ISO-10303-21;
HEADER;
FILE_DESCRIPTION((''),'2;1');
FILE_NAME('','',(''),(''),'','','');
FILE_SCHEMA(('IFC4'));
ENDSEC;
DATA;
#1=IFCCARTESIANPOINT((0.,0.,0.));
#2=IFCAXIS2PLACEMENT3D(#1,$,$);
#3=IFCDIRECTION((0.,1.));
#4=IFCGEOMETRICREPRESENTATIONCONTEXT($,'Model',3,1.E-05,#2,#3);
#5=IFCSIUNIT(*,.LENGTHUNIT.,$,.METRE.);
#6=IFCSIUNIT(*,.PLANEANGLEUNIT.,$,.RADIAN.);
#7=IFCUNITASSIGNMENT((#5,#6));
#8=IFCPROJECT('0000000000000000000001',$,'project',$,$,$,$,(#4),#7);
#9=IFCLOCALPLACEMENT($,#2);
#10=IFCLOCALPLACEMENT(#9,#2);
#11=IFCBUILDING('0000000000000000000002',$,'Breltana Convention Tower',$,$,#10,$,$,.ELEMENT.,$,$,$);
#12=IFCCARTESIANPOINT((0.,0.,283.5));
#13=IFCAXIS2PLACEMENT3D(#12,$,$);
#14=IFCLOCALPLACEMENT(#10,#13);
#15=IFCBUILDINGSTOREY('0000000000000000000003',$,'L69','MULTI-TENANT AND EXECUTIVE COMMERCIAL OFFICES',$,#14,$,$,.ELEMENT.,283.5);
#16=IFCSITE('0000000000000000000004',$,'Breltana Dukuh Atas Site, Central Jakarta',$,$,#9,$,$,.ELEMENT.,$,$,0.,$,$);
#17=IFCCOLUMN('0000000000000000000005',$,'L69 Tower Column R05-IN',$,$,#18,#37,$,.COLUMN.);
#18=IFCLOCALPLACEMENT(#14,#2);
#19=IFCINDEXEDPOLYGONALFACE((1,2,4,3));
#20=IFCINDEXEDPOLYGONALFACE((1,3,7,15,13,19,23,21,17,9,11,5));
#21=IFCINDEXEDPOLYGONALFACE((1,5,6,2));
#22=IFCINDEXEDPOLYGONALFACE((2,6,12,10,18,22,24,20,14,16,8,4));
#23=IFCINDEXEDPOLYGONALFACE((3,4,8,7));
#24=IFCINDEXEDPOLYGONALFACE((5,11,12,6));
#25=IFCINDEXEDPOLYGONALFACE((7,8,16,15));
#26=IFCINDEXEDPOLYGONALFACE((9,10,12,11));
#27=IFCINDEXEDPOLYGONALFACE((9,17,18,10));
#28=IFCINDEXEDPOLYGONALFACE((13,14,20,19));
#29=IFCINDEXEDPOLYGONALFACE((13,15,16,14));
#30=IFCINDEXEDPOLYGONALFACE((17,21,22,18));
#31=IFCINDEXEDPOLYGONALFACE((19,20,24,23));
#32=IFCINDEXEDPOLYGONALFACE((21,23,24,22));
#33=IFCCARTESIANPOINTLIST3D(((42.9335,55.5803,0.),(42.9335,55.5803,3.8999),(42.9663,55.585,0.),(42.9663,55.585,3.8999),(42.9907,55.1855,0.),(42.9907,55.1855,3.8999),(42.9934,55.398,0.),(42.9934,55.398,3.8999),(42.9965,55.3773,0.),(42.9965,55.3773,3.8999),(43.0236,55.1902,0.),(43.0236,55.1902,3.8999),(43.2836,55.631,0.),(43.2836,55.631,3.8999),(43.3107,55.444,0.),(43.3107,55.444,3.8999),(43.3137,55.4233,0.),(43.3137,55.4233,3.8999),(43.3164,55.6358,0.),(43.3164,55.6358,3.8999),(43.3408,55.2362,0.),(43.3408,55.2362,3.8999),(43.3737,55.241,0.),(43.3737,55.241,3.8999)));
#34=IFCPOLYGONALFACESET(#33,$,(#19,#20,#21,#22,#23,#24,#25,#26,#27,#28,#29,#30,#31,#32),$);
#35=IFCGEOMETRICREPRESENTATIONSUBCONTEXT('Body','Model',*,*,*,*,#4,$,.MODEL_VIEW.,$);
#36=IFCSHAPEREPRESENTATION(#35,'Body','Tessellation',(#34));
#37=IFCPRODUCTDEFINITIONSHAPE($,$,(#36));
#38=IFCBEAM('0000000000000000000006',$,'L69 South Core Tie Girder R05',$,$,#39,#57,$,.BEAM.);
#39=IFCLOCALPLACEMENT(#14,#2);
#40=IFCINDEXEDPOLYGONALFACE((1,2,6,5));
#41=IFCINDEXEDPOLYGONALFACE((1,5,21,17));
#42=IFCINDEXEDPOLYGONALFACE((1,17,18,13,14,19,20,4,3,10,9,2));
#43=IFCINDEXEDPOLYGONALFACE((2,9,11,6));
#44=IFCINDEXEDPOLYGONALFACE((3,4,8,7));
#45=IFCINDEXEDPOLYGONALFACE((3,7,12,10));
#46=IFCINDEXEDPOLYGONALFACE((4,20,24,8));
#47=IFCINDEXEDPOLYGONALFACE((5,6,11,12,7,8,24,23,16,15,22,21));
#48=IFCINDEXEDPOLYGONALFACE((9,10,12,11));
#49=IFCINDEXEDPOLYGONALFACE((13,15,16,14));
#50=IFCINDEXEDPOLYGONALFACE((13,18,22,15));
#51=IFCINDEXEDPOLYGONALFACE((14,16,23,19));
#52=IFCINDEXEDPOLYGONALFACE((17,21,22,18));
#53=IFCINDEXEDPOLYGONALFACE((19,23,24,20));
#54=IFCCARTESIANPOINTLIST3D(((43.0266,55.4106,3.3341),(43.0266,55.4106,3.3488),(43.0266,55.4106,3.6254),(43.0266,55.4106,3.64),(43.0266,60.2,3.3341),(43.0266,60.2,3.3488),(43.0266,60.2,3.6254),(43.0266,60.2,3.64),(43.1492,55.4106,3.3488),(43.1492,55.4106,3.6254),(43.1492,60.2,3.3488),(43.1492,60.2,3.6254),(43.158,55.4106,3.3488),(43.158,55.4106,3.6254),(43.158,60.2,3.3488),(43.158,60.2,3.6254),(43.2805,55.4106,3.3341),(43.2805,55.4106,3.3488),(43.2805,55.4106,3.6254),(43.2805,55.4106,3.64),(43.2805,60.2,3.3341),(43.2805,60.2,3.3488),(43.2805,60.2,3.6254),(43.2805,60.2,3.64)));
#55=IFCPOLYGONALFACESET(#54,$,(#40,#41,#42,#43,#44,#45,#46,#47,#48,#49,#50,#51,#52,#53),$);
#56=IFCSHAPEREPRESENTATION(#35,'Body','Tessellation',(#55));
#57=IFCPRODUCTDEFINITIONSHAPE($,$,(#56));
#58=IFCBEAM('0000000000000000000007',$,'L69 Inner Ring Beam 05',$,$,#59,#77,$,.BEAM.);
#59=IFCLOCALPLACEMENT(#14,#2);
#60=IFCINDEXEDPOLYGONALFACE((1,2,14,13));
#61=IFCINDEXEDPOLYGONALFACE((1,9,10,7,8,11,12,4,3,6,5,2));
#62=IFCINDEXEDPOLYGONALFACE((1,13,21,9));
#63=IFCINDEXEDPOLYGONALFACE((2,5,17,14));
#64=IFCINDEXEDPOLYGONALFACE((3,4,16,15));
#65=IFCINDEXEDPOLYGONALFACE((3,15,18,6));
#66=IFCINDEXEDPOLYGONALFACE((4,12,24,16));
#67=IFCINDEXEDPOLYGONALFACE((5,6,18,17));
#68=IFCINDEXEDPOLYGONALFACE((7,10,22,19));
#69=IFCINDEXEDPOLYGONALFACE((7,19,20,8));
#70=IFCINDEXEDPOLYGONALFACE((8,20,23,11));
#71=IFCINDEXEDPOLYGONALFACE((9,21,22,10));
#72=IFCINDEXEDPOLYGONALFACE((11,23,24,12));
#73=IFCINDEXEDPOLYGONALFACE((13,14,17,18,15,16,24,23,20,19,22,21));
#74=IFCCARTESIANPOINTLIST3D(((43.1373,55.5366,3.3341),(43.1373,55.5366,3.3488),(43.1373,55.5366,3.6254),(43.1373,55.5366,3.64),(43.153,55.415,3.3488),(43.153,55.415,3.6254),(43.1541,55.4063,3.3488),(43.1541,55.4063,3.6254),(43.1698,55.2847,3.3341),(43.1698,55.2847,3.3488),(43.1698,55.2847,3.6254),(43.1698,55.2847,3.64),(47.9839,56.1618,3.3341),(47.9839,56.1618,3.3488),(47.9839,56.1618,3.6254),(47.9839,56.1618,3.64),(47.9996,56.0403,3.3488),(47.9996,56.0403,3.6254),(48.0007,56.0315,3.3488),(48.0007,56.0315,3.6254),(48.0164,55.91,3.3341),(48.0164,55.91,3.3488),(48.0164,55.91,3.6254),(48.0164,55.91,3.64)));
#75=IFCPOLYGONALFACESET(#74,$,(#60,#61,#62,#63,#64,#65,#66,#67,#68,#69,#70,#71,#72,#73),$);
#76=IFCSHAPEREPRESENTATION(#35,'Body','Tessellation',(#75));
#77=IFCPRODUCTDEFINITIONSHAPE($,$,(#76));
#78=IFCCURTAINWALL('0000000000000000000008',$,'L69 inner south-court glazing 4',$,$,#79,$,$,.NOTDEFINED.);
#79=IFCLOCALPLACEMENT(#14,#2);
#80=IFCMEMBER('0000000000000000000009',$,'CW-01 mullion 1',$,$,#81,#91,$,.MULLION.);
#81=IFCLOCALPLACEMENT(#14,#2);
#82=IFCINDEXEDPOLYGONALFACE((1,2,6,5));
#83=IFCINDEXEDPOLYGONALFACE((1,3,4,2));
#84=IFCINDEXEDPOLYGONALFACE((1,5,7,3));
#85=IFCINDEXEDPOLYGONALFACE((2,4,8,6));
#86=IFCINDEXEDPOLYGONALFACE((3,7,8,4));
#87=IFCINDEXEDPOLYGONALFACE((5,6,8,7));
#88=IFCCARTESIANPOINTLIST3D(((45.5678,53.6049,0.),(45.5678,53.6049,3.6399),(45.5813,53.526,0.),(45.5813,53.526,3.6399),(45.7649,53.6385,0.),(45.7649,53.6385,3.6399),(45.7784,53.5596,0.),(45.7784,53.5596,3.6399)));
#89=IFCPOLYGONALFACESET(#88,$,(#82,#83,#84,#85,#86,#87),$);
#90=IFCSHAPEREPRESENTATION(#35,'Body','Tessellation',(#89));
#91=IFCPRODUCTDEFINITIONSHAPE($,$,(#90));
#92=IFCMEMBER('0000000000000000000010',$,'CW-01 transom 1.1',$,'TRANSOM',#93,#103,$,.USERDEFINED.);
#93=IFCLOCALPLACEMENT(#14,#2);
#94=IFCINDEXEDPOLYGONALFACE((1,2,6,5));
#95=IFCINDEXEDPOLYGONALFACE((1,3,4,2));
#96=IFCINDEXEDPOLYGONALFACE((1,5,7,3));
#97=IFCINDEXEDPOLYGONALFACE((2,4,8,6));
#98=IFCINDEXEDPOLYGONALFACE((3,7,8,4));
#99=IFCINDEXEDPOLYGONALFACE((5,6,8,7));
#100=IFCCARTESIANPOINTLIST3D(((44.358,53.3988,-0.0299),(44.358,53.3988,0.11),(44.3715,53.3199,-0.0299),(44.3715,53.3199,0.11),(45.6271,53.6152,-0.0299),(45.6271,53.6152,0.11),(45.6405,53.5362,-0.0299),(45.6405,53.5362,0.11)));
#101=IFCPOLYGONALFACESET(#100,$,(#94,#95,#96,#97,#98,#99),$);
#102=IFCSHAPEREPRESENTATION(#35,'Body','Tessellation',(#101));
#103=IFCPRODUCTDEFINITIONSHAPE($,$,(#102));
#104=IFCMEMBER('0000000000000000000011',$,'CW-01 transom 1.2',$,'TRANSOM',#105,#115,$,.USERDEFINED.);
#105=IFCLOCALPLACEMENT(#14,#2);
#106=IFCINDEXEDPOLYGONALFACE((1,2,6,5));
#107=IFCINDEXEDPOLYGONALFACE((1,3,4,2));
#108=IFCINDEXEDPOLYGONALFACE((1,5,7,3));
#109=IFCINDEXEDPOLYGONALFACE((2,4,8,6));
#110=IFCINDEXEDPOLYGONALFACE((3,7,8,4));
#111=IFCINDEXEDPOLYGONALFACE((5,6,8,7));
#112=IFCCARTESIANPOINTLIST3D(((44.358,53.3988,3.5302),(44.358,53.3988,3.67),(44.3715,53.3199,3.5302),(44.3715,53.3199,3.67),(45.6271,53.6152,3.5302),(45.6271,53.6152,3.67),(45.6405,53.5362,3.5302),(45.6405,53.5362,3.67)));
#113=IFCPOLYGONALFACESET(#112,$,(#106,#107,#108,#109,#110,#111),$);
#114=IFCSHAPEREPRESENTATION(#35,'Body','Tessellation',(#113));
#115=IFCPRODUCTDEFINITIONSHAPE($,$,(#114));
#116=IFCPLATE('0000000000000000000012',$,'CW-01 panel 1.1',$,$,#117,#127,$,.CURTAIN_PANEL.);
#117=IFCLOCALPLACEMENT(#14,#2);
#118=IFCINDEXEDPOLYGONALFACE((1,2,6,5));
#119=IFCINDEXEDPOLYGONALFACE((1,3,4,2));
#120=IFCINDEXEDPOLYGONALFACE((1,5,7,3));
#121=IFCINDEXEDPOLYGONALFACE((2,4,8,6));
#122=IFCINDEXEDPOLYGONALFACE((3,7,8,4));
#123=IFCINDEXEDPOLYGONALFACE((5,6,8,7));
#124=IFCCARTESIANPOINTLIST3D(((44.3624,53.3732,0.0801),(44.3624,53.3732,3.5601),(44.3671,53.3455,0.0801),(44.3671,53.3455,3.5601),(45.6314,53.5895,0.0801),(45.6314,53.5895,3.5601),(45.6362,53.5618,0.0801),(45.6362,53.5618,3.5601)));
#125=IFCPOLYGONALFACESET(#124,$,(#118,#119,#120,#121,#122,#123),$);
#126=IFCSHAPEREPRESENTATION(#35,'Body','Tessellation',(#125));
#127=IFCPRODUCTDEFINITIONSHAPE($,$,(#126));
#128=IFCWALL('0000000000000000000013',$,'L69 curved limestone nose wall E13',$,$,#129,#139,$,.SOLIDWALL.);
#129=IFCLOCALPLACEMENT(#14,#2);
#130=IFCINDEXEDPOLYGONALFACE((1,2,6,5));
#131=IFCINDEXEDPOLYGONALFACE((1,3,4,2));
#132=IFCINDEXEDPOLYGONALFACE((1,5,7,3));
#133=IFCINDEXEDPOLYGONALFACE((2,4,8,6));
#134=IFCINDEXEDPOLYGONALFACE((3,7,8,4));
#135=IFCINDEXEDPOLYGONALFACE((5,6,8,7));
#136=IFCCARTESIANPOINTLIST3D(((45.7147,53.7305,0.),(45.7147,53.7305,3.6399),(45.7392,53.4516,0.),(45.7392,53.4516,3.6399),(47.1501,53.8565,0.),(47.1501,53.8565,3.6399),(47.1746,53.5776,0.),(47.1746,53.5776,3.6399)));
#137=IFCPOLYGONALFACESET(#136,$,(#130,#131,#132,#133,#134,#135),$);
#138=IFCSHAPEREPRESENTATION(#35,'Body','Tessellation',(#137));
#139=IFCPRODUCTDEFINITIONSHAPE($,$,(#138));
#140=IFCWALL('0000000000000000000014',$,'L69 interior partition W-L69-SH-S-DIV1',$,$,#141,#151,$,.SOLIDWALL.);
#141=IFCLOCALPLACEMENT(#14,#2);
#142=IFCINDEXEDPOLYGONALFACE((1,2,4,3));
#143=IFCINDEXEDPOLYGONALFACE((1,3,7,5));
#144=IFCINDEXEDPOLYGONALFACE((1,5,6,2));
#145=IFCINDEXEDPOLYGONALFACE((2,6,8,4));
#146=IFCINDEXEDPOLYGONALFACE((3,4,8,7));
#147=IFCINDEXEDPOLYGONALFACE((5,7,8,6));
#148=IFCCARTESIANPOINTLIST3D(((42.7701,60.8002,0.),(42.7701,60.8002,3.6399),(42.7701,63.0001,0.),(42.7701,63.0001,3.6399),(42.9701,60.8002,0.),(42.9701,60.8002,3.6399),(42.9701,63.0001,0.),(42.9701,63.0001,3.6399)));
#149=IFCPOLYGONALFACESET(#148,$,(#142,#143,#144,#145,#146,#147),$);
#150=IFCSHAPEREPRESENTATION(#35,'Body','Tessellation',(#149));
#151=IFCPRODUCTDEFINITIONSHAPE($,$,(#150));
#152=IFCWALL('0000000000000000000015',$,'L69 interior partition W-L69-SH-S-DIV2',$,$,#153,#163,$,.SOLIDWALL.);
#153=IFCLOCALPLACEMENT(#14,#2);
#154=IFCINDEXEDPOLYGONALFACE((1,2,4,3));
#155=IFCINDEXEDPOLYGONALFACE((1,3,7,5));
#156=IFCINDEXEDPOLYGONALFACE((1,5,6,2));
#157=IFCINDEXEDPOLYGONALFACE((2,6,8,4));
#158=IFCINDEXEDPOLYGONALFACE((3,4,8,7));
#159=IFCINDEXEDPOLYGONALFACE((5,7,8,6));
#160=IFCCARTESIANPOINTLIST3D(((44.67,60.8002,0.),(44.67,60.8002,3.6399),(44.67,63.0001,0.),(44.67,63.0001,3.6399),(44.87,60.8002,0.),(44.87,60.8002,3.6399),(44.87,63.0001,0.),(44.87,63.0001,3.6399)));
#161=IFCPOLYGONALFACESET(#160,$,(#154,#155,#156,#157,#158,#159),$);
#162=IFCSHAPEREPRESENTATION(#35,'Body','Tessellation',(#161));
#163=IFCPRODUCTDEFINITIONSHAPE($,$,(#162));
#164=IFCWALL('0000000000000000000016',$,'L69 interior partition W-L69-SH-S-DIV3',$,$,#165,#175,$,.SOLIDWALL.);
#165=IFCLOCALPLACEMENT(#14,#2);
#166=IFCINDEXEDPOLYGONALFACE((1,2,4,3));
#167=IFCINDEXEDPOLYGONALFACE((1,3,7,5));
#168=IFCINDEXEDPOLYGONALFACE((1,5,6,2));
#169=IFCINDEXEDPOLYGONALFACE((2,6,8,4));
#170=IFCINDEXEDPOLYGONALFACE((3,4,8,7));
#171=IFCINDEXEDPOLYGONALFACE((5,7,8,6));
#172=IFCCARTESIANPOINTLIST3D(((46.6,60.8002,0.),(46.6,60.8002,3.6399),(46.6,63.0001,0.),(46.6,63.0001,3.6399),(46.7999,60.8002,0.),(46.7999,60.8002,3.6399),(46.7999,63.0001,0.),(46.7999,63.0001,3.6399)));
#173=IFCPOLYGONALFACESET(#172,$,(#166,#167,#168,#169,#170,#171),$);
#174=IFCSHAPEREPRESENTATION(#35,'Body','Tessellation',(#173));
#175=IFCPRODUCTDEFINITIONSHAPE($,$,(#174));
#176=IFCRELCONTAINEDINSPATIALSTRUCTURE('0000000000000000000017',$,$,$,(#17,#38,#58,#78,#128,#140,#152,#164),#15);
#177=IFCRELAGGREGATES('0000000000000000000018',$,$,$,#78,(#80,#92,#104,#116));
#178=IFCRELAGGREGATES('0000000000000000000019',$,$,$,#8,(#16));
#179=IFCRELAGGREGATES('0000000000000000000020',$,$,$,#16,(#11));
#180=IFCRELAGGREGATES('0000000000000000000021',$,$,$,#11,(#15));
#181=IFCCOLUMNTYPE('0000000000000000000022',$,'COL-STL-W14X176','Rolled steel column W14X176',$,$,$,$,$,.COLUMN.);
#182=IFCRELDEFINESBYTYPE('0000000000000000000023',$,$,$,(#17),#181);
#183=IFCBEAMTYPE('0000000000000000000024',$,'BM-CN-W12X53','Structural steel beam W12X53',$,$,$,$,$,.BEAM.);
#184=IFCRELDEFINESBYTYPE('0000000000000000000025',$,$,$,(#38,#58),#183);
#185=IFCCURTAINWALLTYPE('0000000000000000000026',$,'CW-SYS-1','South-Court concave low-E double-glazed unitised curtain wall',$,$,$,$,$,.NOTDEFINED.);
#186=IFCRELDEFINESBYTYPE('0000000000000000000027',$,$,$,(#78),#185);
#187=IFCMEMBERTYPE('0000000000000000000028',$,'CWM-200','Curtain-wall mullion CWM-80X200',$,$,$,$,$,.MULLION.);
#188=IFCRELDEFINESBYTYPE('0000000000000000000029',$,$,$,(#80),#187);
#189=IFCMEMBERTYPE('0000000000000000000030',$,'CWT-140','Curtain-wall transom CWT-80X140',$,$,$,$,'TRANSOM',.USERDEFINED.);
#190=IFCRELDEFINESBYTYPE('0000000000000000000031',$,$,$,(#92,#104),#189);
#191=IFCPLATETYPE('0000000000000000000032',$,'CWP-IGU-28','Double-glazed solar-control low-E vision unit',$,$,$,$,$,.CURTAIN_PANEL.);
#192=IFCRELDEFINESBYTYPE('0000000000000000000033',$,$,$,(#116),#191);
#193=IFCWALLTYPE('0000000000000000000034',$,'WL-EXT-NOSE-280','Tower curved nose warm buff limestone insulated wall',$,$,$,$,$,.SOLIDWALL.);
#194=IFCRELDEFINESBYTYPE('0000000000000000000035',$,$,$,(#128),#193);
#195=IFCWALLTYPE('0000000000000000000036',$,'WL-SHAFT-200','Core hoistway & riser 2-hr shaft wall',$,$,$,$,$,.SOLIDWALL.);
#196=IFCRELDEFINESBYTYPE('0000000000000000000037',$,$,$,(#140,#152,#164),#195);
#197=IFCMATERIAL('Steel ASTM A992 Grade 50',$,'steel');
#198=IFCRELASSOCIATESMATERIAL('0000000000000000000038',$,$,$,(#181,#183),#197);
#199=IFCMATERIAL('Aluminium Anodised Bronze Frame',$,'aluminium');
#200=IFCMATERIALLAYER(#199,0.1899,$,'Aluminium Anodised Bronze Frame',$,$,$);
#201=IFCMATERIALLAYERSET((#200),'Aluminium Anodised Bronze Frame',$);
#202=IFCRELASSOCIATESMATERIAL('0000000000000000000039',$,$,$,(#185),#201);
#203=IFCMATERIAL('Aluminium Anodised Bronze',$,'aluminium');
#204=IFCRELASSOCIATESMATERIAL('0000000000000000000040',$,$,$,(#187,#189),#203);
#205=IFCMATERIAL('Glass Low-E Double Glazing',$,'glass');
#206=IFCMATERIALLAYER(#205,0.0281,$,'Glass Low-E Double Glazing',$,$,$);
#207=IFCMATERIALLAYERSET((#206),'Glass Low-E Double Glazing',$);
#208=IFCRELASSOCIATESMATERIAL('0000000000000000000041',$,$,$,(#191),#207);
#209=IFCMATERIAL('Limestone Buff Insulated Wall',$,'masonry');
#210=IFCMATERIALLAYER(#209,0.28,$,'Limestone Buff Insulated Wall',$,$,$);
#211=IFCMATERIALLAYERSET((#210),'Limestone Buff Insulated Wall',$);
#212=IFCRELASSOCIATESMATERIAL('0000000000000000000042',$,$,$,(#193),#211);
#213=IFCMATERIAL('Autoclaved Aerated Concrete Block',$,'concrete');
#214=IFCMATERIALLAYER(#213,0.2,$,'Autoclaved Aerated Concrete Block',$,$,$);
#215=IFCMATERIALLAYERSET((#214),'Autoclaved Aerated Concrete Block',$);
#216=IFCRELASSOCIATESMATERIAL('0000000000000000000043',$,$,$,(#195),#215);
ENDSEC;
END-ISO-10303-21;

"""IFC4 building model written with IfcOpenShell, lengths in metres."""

from ifc_helpers import new_model, si_unit, direction, frame, frame_2d, origin, origin_2d, place, context, subcontext, project, spatial, rectangle, i_section, extrude, source, transform, mapped, material, layer, layer_set, material_profile, profile_set, type_object, type_shapes, element, aggregate, save


model = new_model("IFC4")

# Units and contexts
model_context = context("Model", 3, precision=1e-05, world=origin(), true_north=direction((0.0, 1.0)))
body_context = subcontext(model_context, "Body", "Model", "MODEL_VIEW")
ifc_project = project(units=[si_unit("LENGTHUNIT", "METRE"), si_unit("PLANEANGLEUNIT", "RADIAN")], contexts=[model_context])

# Site, building, storey
site_placement = place(None, origin())
site = spatial("IfcSite", under=ifc_project, at=site_placement, Name="Breltana Dukuh Atas Site, Central Jakarta", CompositionType="ELEMENT", RefElevation=0.0)
building_placement = place(site_placement, origin())
building = spatial("IfcBuilding", under=site, at=building_placement, Name="Breltana Convention Tower", CompositionType="ELEMENT")
storey_placement = place(building_placement, frame((0.0, 0.0, 283.5)))
storey = spatial("IfcBuildingStorey", under=building, at=storey_placement, Name="L69", Description="MULTI-TENANT AND EXECUTIVE COMMERCIAL OFFICES", CompositionType="ELEMENT", Elevation=283.5)

# Column
ifc_material_1 = material(Name="Steel ASTM A992 Grade 50", Category="steel")
ifc_material_profile_1 = material_profile(ifc_material_1, i_section(OverallWidth=0.3989, OverallDepth=0.387, WebThickness=0.021, FlangeThickness=0.0332, at=origin_2d()), Name="W14X176")
ifc_profile_set_1 = profile_set([ifc_material_profile_1], Name="Steel ASTM A992 Grade 50")
column_type = type_object("IfcColumnType", Name="COL-STL-W14X176", Description="Rolled steel column W14X176", PredefinedType="COLUMN", material=ifc_profile_set_1)
shared_shape_1 = source(origin(), body_context, "Body", "SweptSolid", [
    extrude(i_section(OverallWidth=0.3989, OverallDepth=0.387, WebThickness=0.021, FlangeThickness=0.0332, at=origin_2d()), origin(), (0.0, 0.0, 1.0), 3.8999),
])
type_shapes(column_type, [shared_shape_1])
column_placement = place(storey_placement, frame((43.1536, 55.4106, 0.0), z_axis=(0.0, 0.0, 1.0), x_axis=(-0.143493, 0.989651, 0.0)))
element("IfcColumn", 1, at=column_placement, inside=storey, type_object=column_type, Name="L69 Tower Column R05-IN", PredefinedType="COLUMN", context=body_context, shape_type="MappedRepresentation", body=[
    mapped(shared_shape_1, transform((0.0, 0.0, 0.0), scale=1.0)),
])

# Beams
ifc_material_profile_2 = material_profile(ifc_material_1, i_section(OverallWidth=0.2539, OverallDepth=0.3059, WebThickness=0.0088, FlangeThickness=0.0146, at=origin_2d()), Name="W12X53")
ifc_profile_set_2 = profile_set([ifc_material_profile_2], Name="Steel ASTM A992 Grade 50")
beam_type = type_object("IfcBeamType", Name="BM-CN-W12X53", Description="Structural steel beam W12X53", PredefinedType="BEAM", material=ifc_profile_set_2)
shared_shape_2 = source(origin(), body_context, "Body", "SweptSolid", [
    extrude(i_section(OverallWidth=0.2539, OverallDepth=0.3059, WebThickness=0.0088, FlangeThickness=0.0146, at=origin_2d()), origin(), (0.0, 0.0, 1.0), 4.7893),
])
beam_1_placement = place(storey_placement, frame((43.1536, 60.2, 3.4871), z_axis=(0.0, -1.0, 0.0), x_axis=(1.0, 0.0, 0.0)))
element("IfcBeam", 2, at=beam_1_placement, inside=storey, type_object=beam_type, Name="L69 South Core Tie Girder R05", PredefinedType="BEAM", context=body_context, shape_type="MappedRepresentation", body=[
    mapped(shared_shape_2, transform((0.0, 0.0, 0.0), scale=1.0)),
])
shared_shape_3 = source(origin(), body_context, "Body", "SweptSolid", [
    extrude(i_section(OverallWidth=0.2539, OverallDepth=0.3059, WebThickness=0.0088, FlangeThickness=0.0146, at=origin_2d()), origin(), (0.0, 0.0, 1.0), 4.8867),
])
beam_2_placement = place(storey_placement, frame((43.1536, 55.4106, 3.4871), z_axis=(0.991781, 0.127951, 0.0), x_axis=(-0.127951, 0.991781, 0.0)))
element("IfcBeam", 3, at=beam_2_placement, inside=storey, type_object=beam_type, Name="L69 Inner Ring Beam 05", PredefinedType="BEAM", context=body_context, shape_type="MappedRepresentation", body=[
    mapped(shared_shape_3, transform((0.0, 0.0, 0.0), scale=1.0)),
])

# Curtain wall, members, plate
ifc_material_2 = material(Name="Aluminium Anodised Bronze Frame", Category="aluminium")
ifc_layer_1 = layer(ifc_material_2, 0.1899, Name="Aluminium Anodised Bronze Frame")
ifc_layer_set_1 = layer_set([ifc_layer_1], Name="Aluminium Anodised Bronze Frame")
curtain_wall_type = type_object("IfcCurtainWallType", Name="CW-SYS-1", Description="South-Court concave low-E double-glazed unitised curtain wall", PredefinedType="NOTDEFINED", material=ifc_layer_set_1)
curtain_wall_placement = place(storey_placement, origin())
curtain_wall = element("IfcCurtainWall", 4, at=curtain_wall_placement, inside=storey, type_object=curtain_wall_type, Name="L69 inner south-court glazing 4", PredefinedType="NOTDEFINED")
ifc_material_3 = material(Name="Aluminium Anodised Bronze", Category="aluminium")
ifc_material_profile_3 = material_profile(ifc_material_3, rectangle(XDim=0.0801, YDim=0.2, at=origin_2d()), Name="CWM-80X200")
ifc_profile_set_3 = profile_set([ifc_material_profile_3], Name="Aluminium Anodised Bronze")
member_type_1 = type_object("IfcMemberType", Name="CWM-200", Description="Curtain-wall mullion CWM-80X200", PredefinedType="MULLION", material=ifc_profile_set_3)
shared_shape_4 = source(origin(), body_context, "Body", "SweptSolid", [
    extrude(rectangle(XDim=0.0801, YDim=0.2, at=origin_2d()), origin(), (0.0, 0.0, 1.0), 3.6399),
])
member_1_placement = place(storey_placement, frame((45.6731, 53.5823, 0.0), z_axis=(0.0, 0.0, 1.0), x_axis=(0.168028, -0.985782, 0.0)))
member_1 = element("IfcMember", 5, at=member_1_placement, type_object=member_type_1, Name="CW-01 mullion 1", PredefinedType="MULLION", context=body_context, shape_type="MappedRepresentation", body=[
    mapped(shared_shape_4, transform((0.0, 0.0, 0.0), scale=1.0)),
])
ifc_material_profile_4 = material_profile(ifc_material_3, rectangle(XDim=0.0801, YDim=0.1399, at=origin_2d()), Name="CWT-80X140")
ifc_profile_set_4 = profile_set([ifc_material_profile_4], Name="Aluminium Anodised Bronze")
member_type_2 = type_object("IfcMemberType", Name="CWT-140", Description="Curtain-wall transom CWT-80X140", ElementType="TRANSOM", PredefinedType="USERDEFINED", material=ifc_profile_set_4)
shared_shape_5 = source(origin(), body_context, "Body", "SweptSolid", [
    extrude(rectangle(XDim=0.0801, YDim=0.1399, at=origin_2d()), origin(), (0.0, 0.0, 1.0), 1.2874),
])
member_2_placement = place(storey_placement, frame((45.6338, 53.5757, 0.04), z_axis=(-0.985782, -0.168027, 0.0), x_axis=(0.168027, -0.985782, 0.0)))
member_2 = element("IfcMember", 6, at=member_2_placement, type_object=member_type_2, Name="CW-01 transom 1.1", ObjectType="TRANSOM", PredefinedType="USERDEFINED", context=body_context, shape_type="MappedRepresentation", body=[
    mapped(shared_shape_5, transform((0.0, 0.0, 0.0), scale=1.0)),
])
member_3_placement = place(storey_placement, frame((45.6338, 53.5757, 3.6001), z_axis=(-0.985782, -0.168027, 0.0), x_axis=(0.168027, -0.985782, 0.0)))
member_3 = element("IfcMember", 7, at=member_3_placement, type_object=member_type_2, Name="CW-01 transom 1.2", ObjectType="TRANSOM", PredefinedType="USERDEFINED", context=body_context, shape_type="MappedRepresentation", body=[
    mapped(shared_shape_5, transform((0.0, 0.0, 0.0), scale=1.0)),
])
ifc_material_4 = material(Name="Glass Low-E Double Glazing", Category="glass")
ifc_layer_2 = layer(ifc_material_4, 0.0281, Name="Glass Low-E Double Glazing")
ifc_layer_set_2 = layer_set([ifc_layer_2], Name="Glass Low-E Double Glazing")
plate_type = type_object("IfcPlateType", Name="CWP-IGU-28", Description="Double-glazed solar-control low-E vision unit", PredefinedType="CURTAIN_PANEL", material=ifc_layer_set_2)
shared_shape_6 = source(origin(), body_context, "Body", "SweptSolid", [
    extrude(rectangle(XDim=1.2874, YDim=0.0281, at=origin_2d()), origin(), (0.0, 0.0, 1.0), 3.48),
])
plate_placement = place(storey_placement, frame((44.9993, 53.4675, 0.0801), z_axis=(0.0, 0.0, 1.0), x_axis=(-0.985782, -0.168028, 0.0)))
plate = element("IfcPlate", 8, at=plate_placement, type_object=plate_type, Name="CW-01 panel 1.1", PredefinedType="CURTAIN_PANEL", context=body_context, shape_type="MappedRepresentation", body=[
    mapped(shared_shape_6, transform((0.0, 0.0, 0.0), scale=1.0)),
])
aggregate(curtain_wall, [member_1, member_2, member_3, plate])

# Walls
ifc_material_5 = material(Name="Limestone Buff Insulated Wall", Category="masonry")
ifc_layer_3 = layer(ifc_material_5, 0.28, Name="Limestone Buff Insulated Wall")
ifc_layer_set_3 = layer_set([ifc_layer_3], Name="Limestone Buff Insulated Wall")
wall_type_1 = type_object("IfcWallType", Name="WL-EXT-NOSE-280", Description="Tower curved nose warm buff limestone insulated wall", PredefinedType="SOLIDWALL", material=ifc_layer_set_3)
shared_shape_7 = source(origin(), body_context, "Body", "SweptSolid", [
    extrude(rectangle(XDim=1.4409, YDim=0.28, at=frame_2d((0.7205, 0.0))), origin(), (0.0, 0.0, 1.0), 3.6399),
])
wall_1_placement = place(storey_placement, frame((47.1624, 53.717, 0.0), z_axis=(0.0, 0.0, 1.0), x_axis=(-0.99617, -0.087434, 0.0)))
element("IfcWall", 9, at=wall_1_placement, inside=storey, type_object=wall_type_1, Name="L69 curved limestone nose wall E13", PredefinedType="SOLIDWALL", context=body_context, shape_type="MappedRepresentation", body=[
    mapped(shared_shape_7, transform((0.0, 0.0, 0.0), scale=1.0)),
])
ifc_material_6 = material(Name="Autoclaved Aerated Concrete Block", Category="concrete")
ifc_layer_4 = layer(ifc_material_6, 0.2, Name="Autoclaved Aerated Concrete Block")
ifc_layer_set_4 = layer_set([ifc_layer_4], Name="Autoclaved Aerated Concrete Block")
wall_type_2 = type_object("IfcWallType", Name="WL-SHAFT-200", Description="Core hoistway & riser 2-hr shaft wall", PredefinedType="SOLIDWALL", material=ifc_layer_set_4)
shared_shape_8 = source(origin(), body_context, "Body", "SweptSolid", [
    extrude(rectangle(XDim=2.2, YDim=0.2, at=frame_2d((1.1001, 0.0))), origin(), (0.0, 0.0, 1.0), 3.6399),
])
for number, where, z_axis, x_axis, name in (
    (10, (42.8701, 60.8, 0.0), (0.0, 0.0, 1.0), (0.0, 1.0, 0.0), "L69 interior partition W-L69-SH-S-DIV1"),
    (11, (44.77, 60.8, 0.0), (0.0, 0.0, 1.0), (0.0, 1.0, 0.0), "L69 interior partition W-L69-SH-S-DIV2"),
    (12, (46.7, 60.8, 0.0), (0.0, 0.0, 1.0), (0.0, 1.0, 0.0), "L69 interior partition W-L69-SH-S-DIV3"),
):
    element("IfcWall", number, at=place(storey_placement, frame(where, z_axis=z_axis, x_axis=x_axis)), inside=storey, type_object=wall_type_2, Name=name, PredefinedType="SOLIDWALL", context=body_context, shape_type="MappedRepresentation", body=[
        mapped(shared_shape_8, transform((0.0, 0.0, 0.0), scale=1.0)),
    ])

save(model, "model.ifc")
